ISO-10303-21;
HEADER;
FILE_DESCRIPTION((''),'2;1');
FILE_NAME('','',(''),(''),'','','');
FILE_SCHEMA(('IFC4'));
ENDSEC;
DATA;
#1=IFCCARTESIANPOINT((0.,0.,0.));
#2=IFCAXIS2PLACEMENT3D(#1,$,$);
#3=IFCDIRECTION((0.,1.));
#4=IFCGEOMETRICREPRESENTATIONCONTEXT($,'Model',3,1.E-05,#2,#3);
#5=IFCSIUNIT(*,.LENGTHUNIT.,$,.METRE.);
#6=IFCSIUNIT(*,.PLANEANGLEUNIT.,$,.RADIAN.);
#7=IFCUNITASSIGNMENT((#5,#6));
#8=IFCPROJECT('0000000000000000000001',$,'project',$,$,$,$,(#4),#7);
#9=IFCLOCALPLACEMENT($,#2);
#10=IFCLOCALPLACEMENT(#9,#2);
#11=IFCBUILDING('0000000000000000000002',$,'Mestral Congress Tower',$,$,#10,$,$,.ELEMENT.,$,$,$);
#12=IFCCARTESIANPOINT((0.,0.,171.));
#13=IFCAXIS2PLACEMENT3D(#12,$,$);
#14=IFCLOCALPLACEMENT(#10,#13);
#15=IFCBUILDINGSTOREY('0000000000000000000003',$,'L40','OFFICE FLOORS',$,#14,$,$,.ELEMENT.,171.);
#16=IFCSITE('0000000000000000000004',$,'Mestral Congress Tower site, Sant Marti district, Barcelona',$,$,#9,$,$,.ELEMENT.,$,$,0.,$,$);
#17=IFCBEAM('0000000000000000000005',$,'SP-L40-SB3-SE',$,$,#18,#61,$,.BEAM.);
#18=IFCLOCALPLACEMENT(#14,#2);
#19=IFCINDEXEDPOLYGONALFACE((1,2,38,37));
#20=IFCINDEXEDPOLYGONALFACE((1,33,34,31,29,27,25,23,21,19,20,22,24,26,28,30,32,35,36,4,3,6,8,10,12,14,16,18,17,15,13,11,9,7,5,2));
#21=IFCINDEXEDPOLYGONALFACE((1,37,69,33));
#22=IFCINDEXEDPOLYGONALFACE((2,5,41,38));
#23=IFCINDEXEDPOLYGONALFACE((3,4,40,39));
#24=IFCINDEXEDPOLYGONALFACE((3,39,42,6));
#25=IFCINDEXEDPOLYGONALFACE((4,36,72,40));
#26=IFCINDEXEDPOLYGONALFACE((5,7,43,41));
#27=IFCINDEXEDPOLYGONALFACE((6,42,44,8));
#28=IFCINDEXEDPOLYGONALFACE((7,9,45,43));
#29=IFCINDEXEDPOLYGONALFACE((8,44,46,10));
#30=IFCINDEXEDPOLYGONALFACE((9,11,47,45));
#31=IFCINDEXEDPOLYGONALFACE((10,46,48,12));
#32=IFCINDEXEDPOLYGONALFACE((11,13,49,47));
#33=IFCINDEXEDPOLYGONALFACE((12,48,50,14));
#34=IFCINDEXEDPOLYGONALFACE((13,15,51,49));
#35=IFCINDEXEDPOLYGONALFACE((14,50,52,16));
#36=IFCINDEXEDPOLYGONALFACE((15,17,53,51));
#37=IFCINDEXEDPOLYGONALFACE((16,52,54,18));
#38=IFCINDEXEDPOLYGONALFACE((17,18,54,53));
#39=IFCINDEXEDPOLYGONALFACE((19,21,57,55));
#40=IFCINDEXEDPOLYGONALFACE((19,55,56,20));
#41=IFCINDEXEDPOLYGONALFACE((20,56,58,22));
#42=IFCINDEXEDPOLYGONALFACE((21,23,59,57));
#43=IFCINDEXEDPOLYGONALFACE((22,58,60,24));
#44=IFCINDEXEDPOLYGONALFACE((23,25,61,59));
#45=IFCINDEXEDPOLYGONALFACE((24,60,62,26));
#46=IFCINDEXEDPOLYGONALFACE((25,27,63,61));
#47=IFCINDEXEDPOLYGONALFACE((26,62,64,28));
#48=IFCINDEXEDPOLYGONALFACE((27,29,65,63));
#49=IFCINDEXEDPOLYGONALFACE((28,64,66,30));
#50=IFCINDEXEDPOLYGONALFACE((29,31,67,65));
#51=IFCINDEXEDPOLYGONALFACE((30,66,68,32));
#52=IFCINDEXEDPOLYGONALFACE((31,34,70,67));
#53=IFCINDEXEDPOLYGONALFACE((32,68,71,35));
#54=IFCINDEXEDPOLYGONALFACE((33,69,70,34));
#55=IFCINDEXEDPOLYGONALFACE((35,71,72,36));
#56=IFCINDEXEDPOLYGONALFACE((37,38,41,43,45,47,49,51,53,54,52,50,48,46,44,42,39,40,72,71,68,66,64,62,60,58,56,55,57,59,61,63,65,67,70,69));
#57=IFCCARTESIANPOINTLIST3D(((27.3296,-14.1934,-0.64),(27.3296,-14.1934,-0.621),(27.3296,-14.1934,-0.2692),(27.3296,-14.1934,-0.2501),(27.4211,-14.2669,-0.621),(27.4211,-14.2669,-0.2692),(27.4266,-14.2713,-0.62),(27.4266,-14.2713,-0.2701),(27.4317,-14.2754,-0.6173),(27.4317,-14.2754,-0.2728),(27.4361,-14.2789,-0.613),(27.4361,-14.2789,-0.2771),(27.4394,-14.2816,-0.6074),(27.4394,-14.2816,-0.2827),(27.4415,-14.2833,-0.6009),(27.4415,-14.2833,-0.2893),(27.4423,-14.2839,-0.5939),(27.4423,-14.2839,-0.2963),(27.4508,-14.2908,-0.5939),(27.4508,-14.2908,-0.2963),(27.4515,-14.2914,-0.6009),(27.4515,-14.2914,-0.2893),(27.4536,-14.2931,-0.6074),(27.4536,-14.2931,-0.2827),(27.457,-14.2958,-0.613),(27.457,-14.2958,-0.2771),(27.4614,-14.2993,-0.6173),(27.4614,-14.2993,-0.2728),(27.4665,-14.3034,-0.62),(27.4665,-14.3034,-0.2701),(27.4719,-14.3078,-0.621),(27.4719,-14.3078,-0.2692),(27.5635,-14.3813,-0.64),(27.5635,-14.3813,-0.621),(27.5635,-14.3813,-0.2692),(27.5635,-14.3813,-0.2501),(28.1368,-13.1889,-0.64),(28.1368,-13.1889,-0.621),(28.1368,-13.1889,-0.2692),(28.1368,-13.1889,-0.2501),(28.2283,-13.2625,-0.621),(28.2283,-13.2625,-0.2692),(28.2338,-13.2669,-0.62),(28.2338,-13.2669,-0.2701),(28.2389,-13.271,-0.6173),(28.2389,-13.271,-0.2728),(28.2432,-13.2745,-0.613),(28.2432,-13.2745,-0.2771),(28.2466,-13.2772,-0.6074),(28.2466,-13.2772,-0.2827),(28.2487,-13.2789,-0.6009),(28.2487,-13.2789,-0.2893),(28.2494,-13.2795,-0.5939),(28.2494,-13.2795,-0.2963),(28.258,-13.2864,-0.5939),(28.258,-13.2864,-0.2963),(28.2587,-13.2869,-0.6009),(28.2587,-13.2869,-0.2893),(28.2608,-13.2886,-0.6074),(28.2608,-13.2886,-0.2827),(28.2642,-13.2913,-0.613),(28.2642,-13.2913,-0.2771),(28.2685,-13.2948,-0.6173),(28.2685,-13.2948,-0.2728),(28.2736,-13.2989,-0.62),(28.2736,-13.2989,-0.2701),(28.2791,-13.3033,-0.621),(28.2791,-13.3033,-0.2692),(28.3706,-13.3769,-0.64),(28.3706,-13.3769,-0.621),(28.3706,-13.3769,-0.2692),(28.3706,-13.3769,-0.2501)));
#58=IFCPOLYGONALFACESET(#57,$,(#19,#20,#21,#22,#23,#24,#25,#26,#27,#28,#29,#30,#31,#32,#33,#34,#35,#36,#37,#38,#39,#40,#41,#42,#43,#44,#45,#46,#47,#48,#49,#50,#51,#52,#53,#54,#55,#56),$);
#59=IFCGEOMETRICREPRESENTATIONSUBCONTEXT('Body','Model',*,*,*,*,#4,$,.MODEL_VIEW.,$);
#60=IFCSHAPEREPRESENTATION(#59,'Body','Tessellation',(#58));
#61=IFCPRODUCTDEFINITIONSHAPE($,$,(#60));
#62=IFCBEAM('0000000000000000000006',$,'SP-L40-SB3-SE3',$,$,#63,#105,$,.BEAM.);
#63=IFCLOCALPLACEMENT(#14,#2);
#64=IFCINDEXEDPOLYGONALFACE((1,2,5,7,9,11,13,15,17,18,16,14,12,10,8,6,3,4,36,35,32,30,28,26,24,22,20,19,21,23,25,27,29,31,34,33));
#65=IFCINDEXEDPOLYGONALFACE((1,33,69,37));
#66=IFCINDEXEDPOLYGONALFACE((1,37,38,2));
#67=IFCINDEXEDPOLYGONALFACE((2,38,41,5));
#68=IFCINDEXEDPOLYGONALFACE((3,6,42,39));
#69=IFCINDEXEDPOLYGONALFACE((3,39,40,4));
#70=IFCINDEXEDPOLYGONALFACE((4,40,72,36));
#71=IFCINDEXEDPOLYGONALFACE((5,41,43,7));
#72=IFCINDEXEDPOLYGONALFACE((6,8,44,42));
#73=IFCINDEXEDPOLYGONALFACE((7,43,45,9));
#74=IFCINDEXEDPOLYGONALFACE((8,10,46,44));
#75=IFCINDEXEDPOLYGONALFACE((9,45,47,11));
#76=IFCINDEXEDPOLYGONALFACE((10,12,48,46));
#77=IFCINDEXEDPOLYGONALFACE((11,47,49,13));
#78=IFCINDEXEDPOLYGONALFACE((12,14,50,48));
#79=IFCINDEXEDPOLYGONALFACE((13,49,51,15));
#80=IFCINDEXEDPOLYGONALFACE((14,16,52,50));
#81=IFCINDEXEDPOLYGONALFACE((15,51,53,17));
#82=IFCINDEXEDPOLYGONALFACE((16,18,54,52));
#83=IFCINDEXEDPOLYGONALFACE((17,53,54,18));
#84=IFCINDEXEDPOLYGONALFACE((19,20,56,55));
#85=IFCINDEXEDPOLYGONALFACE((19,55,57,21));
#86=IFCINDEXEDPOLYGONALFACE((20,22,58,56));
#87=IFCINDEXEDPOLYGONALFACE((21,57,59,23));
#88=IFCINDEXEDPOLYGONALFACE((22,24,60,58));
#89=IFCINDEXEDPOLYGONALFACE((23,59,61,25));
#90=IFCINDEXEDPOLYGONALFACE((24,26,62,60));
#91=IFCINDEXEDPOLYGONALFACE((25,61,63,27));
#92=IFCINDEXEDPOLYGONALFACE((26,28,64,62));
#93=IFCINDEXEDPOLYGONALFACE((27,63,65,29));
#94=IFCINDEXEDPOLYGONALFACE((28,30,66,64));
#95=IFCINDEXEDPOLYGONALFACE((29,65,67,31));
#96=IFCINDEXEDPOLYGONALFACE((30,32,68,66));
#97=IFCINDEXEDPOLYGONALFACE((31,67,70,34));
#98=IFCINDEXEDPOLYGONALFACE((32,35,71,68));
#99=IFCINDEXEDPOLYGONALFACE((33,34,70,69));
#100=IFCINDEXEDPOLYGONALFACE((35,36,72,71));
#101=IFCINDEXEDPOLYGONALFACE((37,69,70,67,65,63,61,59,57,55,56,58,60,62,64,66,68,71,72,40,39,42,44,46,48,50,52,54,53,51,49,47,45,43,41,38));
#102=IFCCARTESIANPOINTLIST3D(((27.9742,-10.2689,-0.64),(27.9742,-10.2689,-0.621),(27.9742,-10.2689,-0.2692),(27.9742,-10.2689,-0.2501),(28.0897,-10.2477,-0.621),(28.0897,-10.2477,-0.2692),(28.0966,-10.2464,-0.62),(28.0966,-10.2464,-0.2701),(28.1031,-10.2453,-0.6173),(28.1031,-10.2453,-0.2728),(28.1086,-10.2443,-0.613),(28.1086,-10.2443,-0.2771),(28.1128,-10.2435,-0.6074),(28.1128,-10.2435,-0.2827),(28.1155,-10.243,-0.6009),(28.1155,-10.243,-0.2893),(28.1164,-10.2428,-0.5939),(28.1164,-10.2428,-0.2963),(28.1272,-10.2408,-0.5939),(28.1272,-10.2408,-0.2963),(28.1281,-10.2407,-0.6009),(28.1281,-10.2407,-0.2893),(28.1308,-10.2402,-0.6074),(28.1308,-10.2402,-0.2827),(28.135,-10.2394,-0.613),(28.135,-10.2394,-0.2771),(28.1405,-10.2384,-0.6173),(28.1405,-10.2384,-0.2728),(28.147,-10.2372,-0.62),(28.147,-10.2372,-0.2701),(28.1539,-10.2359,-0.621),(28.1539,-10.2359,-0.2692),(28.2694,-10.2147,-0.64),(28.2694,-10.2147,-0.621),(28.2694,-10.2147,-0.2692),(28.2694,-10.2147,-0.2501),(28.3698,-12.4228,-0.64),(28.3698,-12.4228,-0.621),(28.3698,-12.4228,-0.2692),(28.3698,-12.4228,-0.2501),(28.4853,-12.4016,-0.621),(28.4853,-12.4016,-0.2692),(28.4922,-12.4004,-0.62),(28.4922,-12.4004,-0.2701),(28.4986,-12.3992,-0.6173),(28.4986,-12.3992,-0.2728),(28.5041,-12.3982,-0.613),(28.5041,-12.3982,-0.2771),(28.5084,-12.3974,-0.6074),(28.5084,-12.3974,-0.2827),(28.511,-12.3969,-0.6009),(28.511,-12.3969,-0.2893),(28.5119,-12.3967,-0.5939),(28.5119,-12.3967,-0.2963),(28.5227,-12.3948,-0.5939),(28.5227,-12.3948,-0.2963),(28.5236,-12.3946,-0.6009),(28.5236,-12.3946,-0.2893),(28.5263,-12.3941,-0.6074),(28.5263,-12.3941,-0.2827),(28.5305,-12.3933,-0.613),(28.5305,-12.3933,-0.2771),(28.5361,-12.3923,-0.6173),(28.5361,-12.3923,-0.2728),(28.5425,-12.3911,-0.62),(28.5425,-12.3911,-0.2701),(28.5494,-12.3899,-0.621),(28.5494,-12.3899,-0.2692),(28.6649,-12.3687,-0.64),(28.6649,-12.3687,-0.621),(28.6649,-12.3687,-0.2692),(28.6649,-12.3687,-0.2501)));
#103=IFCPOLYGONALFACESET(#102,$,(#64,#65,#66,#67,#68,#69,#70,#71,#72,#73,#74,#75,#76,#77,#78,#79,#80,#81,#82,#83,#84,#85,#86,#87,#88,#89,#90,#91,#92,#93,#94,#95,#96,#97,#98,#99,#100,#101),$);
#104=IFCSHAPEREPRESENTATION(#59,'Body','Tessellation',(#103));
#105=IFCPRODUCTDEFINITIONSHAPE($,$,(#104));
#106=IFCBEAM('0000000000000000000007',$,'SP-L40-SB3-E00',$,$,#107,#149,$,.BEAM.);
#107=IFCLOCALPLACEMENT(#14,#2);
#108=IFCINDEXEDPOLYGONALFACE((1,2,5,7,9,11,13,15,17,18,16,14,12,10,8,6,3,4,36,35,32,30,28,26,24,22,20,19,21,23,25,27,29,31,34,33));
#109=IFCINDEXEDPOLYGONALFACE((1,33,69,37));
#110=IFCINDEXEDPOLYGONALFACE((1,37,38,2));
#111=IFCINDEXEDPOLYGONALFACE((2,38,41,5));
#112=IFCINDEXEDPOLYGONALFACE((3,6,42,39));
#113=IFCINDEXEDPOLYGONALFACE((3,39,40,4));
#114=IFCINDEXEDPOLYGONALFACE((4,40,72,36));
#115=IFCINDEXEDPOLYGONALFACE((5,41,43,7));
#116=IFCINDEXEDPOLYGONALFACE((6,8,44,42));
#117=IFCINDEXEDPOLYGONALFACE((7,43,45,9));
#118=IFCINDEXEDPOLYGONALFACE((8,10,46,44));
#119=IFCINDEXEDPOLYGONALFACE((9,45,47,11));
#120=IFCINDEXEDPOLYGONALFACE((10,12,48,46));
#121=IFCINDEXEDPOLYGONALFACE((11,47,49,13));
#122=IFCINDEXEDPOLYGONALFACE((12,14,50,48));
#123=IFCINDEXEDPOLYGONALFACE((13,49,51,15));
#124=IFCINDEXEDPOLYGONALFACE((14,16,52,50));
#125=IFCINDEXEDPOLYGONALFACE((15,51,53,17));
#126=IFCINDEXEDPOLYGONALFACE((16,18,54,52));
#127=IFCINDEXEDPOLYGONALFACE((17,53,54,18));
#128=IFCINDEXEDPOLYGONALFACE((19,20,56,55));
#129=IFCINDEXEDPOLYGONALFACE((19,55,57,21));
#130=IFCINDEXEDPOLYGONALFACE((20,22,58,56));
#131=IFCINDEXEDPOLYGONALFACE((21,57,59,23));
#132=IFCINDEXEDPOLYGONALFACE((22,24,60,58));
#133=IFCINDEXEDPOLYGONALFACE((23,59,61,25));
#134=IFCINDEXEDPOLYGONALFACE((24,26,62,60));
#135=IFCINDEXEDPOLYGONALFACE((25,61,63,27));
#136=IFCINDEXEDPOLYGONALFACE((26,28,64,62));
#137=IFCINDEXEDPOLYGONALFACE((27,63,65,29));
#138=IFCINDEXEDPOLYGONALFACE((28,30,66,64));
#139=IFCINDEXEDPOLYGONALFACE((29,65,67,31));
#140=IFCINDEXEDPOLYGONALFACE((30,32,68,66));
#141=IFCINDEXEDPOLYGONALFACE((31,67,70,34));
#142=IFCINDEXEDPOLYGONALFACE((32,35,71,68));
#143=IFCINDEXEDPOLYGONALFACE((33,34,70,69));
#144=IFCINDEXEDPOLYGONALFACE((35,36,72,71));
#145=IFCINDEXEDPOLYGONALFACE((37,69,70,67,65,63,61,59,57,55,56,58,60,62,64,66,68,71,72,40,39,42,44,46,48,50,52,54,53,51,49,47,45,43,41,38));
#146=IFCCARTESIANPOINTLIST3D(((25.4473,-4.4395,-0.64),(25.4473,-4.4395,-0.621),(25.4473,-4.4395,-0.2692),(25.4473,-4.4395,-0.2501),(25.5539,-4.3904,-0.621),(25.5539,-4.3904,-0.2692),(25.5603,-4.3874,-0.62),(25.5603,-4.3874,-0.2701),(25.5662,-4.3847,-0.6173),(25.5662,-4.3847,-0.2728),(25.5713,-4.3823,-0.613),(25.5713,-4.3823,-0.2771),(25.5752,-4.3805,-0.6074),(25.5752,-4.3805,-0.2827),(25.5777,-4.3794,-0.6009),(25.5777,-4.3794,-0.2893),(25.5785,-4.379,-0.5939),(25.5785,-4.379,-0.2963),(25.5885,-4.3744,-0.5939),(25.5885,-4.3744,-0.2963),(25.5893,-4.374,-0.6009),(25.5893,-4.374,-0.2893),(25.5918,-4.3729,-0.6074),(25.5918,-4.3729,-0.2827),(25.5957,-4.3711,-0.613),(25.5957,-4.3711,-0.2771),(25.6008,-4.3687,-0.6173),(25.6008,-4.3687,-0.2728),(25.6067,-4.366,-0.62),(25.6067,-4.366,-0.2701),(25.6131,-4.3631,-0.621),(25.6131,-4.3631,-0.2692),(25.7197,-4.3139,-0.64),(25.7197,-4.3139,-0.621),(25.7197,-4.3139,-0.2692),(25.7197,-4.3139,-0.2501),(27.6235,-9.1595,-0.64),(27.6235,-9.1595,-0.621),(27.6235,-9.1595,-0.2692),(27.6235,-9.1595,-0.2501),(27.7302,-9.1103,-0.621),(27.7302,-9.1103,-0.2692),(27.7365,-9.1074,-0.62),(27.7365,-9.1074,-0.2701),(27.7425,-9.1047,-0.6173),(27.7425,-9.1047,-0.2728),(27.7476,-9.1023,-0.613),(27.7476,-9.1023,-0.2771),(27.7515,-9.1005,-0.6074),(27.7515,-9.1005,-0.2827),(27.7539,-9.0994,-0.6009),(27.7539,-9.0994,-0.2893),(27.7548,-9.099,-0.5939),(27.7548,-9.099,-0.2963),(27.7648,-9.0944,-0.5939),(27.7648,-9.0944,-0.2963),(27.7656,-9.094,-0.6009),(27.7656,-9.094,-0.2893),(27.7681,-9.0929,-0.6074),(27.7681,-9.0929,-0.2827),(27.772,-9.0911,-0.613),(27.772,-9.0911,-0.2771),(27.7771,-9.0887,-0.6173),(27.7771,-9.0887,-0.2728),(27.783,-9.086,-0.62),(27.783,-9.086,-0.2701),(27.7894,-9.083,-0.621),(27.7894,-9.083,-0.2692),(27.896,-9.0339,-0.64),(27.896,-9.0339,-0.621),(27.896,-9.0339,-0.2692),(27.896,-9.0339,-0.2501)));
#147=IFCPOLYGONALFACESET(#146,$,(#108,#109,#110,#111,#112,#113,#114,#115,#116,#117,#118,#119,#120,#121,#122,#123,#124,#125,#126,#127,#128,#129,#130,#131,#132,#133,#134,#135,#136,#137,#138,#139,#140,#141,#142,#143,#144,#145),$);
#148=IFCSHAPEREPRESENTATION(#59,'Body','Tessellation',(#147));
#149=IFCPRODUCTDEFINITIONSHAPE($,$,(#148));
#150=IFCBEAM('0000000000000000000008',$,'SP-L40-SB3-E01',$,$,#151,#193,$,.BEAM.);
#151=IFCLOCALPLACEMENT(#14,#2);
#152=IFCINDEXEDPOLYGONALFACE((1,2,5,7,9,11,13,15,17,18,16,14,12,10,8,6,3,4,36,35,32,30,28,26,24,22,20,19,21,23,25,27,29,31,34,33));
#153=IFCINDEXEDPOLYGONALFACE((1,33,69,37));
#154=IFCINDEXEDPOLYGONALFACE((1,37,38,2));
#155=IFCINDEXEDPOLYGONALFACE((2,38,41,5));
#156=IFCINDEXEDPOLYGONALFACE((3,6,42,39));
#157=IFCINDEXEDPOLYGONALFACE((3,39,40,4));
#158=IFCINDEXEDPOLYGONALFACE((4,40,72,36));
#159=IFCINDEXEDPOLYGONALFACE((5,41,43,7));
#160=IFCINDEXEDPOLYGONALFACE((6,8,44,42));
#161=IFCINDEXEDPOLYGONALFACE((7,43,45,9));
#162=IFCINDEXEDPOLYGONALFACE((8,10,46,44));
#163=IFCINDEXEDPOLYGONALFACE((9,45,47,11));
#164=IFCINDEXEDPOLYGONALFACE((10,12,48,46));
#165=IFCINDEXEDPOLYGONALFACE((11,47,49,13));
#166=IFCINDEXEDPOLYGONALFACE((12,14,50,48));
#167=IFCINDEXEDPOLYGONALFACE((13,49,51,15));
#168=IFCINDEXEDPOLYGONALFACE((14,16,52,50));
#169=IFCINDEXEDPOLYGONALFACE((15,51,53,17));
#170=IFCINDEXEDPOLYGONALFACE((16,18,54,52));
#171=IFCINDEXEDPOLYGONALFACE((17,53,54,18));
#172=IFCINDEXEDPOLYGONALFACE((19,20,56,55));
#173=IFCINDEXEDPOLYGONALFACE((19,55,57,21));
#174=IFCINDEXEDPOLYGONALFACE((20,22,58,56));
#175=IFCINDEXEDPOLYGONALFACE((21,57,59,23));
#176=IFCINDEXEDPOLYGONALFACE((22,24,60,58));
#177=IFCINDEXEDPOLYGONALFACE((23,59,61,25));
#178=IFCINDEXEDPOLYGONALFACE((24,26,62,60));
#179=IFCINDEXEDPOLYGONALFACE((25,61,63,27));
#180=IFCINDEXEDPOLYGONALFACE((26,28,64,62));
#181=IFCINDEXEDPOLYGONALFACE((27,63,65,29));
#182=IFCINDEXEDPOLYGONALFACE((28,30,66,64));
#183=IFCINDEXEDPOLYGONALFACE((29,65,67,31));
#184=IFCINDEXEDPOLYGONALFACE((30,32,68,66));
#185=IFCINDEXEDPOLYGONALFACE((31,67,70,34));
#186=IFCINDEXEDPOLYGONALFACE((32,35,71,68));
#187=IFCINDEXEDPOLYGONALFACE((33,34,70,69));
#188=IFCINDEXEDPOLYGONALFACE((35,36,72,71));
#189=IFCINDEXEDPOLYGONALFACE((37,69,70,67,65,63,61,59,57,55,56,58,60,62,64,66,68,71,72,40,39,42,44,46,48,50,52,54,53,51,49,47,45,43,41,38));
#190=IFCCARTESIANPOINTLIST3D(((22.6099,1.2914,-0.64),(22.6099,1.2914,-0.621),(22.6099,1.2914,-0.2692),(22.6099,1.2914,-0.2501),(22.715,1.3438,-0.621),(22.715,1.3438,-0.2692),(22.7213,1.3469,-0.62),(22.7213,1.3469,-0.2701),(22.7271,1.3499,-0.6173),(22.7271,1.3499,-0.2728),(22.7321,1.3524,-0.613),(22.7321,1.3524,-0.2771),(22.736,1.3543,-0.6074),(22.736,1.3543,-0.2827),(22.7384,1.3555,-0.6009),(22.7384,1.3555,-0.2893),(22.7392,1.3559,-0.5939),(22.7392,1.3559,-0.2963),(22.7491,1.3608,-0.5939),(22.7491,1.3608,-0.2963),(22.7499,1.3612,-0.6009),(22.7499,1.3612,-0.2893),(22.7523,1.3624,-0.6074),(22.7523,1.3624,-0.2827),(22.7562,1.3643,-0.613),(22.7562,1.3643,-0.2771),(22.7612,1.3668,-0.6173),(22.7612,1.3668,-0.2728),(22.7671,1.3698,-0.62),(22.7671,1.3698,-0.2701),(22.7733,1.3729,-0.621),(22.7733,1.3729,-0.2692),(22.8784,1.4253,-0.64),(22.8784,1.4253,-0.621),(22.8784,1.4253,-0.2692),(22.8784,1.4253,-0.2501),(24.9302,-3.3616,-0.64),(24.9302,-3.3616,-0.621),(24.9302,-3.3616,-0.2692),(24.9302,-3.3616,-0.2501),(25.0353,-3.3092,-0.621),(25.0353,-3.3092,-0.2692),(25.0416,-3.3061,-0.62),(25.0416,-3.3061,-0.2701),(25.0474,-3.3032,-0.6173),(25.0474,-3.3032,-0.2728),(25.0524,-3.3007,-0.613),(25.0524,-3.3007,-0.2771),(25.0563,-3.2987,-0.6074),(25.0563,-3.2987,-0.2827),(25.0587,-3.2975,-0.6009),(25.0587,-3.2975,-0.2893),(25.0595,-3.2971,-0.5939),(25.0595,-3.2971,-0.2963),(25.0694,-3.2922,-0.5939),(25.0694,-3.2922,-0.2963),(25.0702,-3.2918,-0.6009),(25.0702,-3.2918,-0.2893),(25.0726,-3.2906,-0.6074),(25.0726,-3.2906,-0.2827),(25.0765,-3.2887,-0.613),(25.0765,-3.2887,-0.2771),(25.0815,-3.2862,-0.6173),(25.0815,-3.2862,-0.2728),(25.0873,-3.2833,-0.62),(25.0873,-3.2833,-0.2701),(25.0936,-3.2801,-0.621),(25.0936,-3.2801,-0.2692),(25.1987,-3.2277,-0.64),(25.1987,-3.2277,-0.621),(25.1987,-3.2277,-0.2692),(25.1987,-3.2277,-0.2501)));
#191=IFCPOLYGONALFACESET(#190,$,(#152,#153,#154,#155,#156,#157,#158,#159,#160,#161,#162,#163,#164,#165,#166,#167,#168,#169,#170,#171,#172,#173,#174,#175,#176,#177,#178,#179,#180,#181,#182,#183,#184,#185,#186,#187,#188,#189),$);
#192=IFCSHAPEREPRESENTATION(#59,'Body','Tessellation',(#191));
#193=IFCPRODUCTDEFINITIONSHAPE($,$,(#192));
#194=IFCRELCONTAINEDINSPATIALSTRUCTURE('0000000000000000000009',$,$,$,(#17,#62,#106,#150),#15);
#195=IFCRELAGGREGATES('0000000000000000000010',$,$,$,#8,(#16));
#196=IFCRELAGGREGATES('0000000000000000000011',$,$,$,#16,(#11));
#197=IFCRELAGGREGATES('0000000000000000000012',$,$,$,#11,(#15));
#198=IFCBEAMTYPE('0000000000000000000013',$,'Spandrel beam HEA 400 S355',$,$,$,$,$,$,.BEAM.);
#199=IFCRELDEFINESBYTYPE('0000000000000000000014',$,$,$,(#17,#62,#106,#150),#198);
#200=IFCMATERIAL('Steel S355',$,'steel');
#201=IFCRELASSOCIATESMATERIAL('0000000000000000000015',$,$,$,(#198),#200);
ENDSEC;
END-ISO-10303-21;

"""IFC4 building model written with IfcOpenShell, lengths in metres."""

from ifc_helpers import new_model, si_unit, direction, frame, origin, origin_2d, place, context, subcontext, project, spatial, i_section, extrude, material, material_profile, profile_set, type_object, element, save


model = new_model("IFC4")

# Units and contexts
model_context = context("Model", 3, precision=1e-05, world=origin(), true_north=direction((0.0, 1.0)))
body_context = subcontext(model_context, "Body", "Model", "MODEL_VIEW")
ifc_project = project(units=[si_unit("LENGTHUNIT", "METRE"), si_unit("PLANEANGLEUNIT", "RADIAN")], contexts=[model_context])

# Site, building, storey
site_placement = place(None, origin())
site = spatial("IfcSite", under=ifc_project, at=site_placement, Name="Mestral Congress Tower site, Sant Marti district, Barcelona", CompositionType="ELEMENT", RefElevation=0.0)
building_placement = place(site_placement, origin())
building = spatial("IfcBuilding", under=site, at=building_placement, Name="Mestral Congress Tower", CompositionType="ELEMENT")
storey_placement = place(building_placement, frame((0.0, 0.0, 171.0)))
storey = spatial("IfcBuildingStorey", under=building, at=storey_placement, Name="L40", Description="OFFICE FLOORS", CompositionType="ELEMENT", Elevation=171.0)

# Beams
ifc_material_1 = material(Name="Steel S355", Category="steel")
ifc_material_profile_1 = material_profile(ifc_material_1, i_section(OverallWidth=0.3, OverallDepth=0.3899, WebThickness=0.011, FlangeThickness=0.019, FilletRadius=0.0271, at=origin_2d()), Name="HEA 400")
ifc_profile_set_1 = profile_set([ifc_material_profile_1], Name="Steel S355")
beam_type_1 = type_object("IfcBeamType", Name="Spandrel beam HEA 400 S355", PredefinedType="BEAM", material=ifc_profile_set_1)
beam_1_placement = place(storey_placement, frame((27.4465, -14.2874, -0.4451), z_axis=(0.626403, 0.779499, 0.0), x_axis=(-0.779499, 0.626403, 0.0)))
element("IfcBeam", 1, at=beam_1_placement, inside=storey, type_object=beam_type_1, Name="SP-L40-SB3-SE", PredefinedType="BEAM", context=body_context, shape_type="SweptSolid", body=[
    extrude(i_section(OverallWidth=0.3, OverallDepth=0.3899, WebThickness=0.011, FlangeThickness=0.019, FilletRadius=0.0271, at=origin_2d()), origin(), (0.0, 0.0, 1.0), 1.2886),
])
beam_2_placement = place(storey_placement, frame((28.5173, -12.3958, -0.4451), z_axis=(-0.180612, 0.983554, 0.0), x_axis=(-0.983554, -0.180612, 0.0)))
element("IfcBeam", 2, at=beam_2_placement, inside=storey, type_object=beam_type_1, Name="SP-L40-SB3-SE3", PredefinedType="BEAM", context=body_context, shape_type="SweptSolid", body=[
    extrude(i_section(OverallWidth=0.3, OverallDepth=0.3899, WebThickness=0.011, FlangeThickness=0.019, FilletRadius=0.0271, at=origin_2d()), origin(), (0.0, 0.0, 1.0), 2.1899),
])
beam_3_placement = place(storey_placement, frame((27.7598, -9.0967, -0.4451), z_axis=(-0.418713, 0.908119, 0.0), x_axis=(-0.908119, -0.418713, 0.0)))
element("IfcBeam", 3, at=beam_3_placement, inside=storey, type_object=beam_type_1, Name="SP-L40-SB3-E00", PredefinedType="BEAM", context=body_context, shape_type="SweptSolid", body=[
    extrude(i_section(OverallWidth=0.3, OverallDepth=0.3899, WebThickness=0.011, FlangeThickness=0.019, FilletRadius=0.0271, at=origin_2d()), origin(), (0.0, 0.0, 1.0), 5.1975),
])
beam_4_placement = place(storey_placement, frame((25.0645, -3.2947, -0.4451), z_axis=(-0.446255, 0.894906, 0.0), x_axis=(-0.894906, -0.446255, 0.0)))
element("IfcBeam", 4, at=beam_4_placement, inside=storey, type_object=beam_type_1, Name="SP-L40-SB3-E01", PredefinedType="BEAM", context=body_context, shape_type="SweptSolid", body=[
    extrude(i_section(OverallWidth=0.3, OverallDepth=0.3899, WebThickness=0.011, FlangeThickness=0.019, FilletRadius=0.0271, at=origin_2d()), origin(), (0.0, 0.0, 1.0), 5.1995),
])

save(model, "model.ifc")
